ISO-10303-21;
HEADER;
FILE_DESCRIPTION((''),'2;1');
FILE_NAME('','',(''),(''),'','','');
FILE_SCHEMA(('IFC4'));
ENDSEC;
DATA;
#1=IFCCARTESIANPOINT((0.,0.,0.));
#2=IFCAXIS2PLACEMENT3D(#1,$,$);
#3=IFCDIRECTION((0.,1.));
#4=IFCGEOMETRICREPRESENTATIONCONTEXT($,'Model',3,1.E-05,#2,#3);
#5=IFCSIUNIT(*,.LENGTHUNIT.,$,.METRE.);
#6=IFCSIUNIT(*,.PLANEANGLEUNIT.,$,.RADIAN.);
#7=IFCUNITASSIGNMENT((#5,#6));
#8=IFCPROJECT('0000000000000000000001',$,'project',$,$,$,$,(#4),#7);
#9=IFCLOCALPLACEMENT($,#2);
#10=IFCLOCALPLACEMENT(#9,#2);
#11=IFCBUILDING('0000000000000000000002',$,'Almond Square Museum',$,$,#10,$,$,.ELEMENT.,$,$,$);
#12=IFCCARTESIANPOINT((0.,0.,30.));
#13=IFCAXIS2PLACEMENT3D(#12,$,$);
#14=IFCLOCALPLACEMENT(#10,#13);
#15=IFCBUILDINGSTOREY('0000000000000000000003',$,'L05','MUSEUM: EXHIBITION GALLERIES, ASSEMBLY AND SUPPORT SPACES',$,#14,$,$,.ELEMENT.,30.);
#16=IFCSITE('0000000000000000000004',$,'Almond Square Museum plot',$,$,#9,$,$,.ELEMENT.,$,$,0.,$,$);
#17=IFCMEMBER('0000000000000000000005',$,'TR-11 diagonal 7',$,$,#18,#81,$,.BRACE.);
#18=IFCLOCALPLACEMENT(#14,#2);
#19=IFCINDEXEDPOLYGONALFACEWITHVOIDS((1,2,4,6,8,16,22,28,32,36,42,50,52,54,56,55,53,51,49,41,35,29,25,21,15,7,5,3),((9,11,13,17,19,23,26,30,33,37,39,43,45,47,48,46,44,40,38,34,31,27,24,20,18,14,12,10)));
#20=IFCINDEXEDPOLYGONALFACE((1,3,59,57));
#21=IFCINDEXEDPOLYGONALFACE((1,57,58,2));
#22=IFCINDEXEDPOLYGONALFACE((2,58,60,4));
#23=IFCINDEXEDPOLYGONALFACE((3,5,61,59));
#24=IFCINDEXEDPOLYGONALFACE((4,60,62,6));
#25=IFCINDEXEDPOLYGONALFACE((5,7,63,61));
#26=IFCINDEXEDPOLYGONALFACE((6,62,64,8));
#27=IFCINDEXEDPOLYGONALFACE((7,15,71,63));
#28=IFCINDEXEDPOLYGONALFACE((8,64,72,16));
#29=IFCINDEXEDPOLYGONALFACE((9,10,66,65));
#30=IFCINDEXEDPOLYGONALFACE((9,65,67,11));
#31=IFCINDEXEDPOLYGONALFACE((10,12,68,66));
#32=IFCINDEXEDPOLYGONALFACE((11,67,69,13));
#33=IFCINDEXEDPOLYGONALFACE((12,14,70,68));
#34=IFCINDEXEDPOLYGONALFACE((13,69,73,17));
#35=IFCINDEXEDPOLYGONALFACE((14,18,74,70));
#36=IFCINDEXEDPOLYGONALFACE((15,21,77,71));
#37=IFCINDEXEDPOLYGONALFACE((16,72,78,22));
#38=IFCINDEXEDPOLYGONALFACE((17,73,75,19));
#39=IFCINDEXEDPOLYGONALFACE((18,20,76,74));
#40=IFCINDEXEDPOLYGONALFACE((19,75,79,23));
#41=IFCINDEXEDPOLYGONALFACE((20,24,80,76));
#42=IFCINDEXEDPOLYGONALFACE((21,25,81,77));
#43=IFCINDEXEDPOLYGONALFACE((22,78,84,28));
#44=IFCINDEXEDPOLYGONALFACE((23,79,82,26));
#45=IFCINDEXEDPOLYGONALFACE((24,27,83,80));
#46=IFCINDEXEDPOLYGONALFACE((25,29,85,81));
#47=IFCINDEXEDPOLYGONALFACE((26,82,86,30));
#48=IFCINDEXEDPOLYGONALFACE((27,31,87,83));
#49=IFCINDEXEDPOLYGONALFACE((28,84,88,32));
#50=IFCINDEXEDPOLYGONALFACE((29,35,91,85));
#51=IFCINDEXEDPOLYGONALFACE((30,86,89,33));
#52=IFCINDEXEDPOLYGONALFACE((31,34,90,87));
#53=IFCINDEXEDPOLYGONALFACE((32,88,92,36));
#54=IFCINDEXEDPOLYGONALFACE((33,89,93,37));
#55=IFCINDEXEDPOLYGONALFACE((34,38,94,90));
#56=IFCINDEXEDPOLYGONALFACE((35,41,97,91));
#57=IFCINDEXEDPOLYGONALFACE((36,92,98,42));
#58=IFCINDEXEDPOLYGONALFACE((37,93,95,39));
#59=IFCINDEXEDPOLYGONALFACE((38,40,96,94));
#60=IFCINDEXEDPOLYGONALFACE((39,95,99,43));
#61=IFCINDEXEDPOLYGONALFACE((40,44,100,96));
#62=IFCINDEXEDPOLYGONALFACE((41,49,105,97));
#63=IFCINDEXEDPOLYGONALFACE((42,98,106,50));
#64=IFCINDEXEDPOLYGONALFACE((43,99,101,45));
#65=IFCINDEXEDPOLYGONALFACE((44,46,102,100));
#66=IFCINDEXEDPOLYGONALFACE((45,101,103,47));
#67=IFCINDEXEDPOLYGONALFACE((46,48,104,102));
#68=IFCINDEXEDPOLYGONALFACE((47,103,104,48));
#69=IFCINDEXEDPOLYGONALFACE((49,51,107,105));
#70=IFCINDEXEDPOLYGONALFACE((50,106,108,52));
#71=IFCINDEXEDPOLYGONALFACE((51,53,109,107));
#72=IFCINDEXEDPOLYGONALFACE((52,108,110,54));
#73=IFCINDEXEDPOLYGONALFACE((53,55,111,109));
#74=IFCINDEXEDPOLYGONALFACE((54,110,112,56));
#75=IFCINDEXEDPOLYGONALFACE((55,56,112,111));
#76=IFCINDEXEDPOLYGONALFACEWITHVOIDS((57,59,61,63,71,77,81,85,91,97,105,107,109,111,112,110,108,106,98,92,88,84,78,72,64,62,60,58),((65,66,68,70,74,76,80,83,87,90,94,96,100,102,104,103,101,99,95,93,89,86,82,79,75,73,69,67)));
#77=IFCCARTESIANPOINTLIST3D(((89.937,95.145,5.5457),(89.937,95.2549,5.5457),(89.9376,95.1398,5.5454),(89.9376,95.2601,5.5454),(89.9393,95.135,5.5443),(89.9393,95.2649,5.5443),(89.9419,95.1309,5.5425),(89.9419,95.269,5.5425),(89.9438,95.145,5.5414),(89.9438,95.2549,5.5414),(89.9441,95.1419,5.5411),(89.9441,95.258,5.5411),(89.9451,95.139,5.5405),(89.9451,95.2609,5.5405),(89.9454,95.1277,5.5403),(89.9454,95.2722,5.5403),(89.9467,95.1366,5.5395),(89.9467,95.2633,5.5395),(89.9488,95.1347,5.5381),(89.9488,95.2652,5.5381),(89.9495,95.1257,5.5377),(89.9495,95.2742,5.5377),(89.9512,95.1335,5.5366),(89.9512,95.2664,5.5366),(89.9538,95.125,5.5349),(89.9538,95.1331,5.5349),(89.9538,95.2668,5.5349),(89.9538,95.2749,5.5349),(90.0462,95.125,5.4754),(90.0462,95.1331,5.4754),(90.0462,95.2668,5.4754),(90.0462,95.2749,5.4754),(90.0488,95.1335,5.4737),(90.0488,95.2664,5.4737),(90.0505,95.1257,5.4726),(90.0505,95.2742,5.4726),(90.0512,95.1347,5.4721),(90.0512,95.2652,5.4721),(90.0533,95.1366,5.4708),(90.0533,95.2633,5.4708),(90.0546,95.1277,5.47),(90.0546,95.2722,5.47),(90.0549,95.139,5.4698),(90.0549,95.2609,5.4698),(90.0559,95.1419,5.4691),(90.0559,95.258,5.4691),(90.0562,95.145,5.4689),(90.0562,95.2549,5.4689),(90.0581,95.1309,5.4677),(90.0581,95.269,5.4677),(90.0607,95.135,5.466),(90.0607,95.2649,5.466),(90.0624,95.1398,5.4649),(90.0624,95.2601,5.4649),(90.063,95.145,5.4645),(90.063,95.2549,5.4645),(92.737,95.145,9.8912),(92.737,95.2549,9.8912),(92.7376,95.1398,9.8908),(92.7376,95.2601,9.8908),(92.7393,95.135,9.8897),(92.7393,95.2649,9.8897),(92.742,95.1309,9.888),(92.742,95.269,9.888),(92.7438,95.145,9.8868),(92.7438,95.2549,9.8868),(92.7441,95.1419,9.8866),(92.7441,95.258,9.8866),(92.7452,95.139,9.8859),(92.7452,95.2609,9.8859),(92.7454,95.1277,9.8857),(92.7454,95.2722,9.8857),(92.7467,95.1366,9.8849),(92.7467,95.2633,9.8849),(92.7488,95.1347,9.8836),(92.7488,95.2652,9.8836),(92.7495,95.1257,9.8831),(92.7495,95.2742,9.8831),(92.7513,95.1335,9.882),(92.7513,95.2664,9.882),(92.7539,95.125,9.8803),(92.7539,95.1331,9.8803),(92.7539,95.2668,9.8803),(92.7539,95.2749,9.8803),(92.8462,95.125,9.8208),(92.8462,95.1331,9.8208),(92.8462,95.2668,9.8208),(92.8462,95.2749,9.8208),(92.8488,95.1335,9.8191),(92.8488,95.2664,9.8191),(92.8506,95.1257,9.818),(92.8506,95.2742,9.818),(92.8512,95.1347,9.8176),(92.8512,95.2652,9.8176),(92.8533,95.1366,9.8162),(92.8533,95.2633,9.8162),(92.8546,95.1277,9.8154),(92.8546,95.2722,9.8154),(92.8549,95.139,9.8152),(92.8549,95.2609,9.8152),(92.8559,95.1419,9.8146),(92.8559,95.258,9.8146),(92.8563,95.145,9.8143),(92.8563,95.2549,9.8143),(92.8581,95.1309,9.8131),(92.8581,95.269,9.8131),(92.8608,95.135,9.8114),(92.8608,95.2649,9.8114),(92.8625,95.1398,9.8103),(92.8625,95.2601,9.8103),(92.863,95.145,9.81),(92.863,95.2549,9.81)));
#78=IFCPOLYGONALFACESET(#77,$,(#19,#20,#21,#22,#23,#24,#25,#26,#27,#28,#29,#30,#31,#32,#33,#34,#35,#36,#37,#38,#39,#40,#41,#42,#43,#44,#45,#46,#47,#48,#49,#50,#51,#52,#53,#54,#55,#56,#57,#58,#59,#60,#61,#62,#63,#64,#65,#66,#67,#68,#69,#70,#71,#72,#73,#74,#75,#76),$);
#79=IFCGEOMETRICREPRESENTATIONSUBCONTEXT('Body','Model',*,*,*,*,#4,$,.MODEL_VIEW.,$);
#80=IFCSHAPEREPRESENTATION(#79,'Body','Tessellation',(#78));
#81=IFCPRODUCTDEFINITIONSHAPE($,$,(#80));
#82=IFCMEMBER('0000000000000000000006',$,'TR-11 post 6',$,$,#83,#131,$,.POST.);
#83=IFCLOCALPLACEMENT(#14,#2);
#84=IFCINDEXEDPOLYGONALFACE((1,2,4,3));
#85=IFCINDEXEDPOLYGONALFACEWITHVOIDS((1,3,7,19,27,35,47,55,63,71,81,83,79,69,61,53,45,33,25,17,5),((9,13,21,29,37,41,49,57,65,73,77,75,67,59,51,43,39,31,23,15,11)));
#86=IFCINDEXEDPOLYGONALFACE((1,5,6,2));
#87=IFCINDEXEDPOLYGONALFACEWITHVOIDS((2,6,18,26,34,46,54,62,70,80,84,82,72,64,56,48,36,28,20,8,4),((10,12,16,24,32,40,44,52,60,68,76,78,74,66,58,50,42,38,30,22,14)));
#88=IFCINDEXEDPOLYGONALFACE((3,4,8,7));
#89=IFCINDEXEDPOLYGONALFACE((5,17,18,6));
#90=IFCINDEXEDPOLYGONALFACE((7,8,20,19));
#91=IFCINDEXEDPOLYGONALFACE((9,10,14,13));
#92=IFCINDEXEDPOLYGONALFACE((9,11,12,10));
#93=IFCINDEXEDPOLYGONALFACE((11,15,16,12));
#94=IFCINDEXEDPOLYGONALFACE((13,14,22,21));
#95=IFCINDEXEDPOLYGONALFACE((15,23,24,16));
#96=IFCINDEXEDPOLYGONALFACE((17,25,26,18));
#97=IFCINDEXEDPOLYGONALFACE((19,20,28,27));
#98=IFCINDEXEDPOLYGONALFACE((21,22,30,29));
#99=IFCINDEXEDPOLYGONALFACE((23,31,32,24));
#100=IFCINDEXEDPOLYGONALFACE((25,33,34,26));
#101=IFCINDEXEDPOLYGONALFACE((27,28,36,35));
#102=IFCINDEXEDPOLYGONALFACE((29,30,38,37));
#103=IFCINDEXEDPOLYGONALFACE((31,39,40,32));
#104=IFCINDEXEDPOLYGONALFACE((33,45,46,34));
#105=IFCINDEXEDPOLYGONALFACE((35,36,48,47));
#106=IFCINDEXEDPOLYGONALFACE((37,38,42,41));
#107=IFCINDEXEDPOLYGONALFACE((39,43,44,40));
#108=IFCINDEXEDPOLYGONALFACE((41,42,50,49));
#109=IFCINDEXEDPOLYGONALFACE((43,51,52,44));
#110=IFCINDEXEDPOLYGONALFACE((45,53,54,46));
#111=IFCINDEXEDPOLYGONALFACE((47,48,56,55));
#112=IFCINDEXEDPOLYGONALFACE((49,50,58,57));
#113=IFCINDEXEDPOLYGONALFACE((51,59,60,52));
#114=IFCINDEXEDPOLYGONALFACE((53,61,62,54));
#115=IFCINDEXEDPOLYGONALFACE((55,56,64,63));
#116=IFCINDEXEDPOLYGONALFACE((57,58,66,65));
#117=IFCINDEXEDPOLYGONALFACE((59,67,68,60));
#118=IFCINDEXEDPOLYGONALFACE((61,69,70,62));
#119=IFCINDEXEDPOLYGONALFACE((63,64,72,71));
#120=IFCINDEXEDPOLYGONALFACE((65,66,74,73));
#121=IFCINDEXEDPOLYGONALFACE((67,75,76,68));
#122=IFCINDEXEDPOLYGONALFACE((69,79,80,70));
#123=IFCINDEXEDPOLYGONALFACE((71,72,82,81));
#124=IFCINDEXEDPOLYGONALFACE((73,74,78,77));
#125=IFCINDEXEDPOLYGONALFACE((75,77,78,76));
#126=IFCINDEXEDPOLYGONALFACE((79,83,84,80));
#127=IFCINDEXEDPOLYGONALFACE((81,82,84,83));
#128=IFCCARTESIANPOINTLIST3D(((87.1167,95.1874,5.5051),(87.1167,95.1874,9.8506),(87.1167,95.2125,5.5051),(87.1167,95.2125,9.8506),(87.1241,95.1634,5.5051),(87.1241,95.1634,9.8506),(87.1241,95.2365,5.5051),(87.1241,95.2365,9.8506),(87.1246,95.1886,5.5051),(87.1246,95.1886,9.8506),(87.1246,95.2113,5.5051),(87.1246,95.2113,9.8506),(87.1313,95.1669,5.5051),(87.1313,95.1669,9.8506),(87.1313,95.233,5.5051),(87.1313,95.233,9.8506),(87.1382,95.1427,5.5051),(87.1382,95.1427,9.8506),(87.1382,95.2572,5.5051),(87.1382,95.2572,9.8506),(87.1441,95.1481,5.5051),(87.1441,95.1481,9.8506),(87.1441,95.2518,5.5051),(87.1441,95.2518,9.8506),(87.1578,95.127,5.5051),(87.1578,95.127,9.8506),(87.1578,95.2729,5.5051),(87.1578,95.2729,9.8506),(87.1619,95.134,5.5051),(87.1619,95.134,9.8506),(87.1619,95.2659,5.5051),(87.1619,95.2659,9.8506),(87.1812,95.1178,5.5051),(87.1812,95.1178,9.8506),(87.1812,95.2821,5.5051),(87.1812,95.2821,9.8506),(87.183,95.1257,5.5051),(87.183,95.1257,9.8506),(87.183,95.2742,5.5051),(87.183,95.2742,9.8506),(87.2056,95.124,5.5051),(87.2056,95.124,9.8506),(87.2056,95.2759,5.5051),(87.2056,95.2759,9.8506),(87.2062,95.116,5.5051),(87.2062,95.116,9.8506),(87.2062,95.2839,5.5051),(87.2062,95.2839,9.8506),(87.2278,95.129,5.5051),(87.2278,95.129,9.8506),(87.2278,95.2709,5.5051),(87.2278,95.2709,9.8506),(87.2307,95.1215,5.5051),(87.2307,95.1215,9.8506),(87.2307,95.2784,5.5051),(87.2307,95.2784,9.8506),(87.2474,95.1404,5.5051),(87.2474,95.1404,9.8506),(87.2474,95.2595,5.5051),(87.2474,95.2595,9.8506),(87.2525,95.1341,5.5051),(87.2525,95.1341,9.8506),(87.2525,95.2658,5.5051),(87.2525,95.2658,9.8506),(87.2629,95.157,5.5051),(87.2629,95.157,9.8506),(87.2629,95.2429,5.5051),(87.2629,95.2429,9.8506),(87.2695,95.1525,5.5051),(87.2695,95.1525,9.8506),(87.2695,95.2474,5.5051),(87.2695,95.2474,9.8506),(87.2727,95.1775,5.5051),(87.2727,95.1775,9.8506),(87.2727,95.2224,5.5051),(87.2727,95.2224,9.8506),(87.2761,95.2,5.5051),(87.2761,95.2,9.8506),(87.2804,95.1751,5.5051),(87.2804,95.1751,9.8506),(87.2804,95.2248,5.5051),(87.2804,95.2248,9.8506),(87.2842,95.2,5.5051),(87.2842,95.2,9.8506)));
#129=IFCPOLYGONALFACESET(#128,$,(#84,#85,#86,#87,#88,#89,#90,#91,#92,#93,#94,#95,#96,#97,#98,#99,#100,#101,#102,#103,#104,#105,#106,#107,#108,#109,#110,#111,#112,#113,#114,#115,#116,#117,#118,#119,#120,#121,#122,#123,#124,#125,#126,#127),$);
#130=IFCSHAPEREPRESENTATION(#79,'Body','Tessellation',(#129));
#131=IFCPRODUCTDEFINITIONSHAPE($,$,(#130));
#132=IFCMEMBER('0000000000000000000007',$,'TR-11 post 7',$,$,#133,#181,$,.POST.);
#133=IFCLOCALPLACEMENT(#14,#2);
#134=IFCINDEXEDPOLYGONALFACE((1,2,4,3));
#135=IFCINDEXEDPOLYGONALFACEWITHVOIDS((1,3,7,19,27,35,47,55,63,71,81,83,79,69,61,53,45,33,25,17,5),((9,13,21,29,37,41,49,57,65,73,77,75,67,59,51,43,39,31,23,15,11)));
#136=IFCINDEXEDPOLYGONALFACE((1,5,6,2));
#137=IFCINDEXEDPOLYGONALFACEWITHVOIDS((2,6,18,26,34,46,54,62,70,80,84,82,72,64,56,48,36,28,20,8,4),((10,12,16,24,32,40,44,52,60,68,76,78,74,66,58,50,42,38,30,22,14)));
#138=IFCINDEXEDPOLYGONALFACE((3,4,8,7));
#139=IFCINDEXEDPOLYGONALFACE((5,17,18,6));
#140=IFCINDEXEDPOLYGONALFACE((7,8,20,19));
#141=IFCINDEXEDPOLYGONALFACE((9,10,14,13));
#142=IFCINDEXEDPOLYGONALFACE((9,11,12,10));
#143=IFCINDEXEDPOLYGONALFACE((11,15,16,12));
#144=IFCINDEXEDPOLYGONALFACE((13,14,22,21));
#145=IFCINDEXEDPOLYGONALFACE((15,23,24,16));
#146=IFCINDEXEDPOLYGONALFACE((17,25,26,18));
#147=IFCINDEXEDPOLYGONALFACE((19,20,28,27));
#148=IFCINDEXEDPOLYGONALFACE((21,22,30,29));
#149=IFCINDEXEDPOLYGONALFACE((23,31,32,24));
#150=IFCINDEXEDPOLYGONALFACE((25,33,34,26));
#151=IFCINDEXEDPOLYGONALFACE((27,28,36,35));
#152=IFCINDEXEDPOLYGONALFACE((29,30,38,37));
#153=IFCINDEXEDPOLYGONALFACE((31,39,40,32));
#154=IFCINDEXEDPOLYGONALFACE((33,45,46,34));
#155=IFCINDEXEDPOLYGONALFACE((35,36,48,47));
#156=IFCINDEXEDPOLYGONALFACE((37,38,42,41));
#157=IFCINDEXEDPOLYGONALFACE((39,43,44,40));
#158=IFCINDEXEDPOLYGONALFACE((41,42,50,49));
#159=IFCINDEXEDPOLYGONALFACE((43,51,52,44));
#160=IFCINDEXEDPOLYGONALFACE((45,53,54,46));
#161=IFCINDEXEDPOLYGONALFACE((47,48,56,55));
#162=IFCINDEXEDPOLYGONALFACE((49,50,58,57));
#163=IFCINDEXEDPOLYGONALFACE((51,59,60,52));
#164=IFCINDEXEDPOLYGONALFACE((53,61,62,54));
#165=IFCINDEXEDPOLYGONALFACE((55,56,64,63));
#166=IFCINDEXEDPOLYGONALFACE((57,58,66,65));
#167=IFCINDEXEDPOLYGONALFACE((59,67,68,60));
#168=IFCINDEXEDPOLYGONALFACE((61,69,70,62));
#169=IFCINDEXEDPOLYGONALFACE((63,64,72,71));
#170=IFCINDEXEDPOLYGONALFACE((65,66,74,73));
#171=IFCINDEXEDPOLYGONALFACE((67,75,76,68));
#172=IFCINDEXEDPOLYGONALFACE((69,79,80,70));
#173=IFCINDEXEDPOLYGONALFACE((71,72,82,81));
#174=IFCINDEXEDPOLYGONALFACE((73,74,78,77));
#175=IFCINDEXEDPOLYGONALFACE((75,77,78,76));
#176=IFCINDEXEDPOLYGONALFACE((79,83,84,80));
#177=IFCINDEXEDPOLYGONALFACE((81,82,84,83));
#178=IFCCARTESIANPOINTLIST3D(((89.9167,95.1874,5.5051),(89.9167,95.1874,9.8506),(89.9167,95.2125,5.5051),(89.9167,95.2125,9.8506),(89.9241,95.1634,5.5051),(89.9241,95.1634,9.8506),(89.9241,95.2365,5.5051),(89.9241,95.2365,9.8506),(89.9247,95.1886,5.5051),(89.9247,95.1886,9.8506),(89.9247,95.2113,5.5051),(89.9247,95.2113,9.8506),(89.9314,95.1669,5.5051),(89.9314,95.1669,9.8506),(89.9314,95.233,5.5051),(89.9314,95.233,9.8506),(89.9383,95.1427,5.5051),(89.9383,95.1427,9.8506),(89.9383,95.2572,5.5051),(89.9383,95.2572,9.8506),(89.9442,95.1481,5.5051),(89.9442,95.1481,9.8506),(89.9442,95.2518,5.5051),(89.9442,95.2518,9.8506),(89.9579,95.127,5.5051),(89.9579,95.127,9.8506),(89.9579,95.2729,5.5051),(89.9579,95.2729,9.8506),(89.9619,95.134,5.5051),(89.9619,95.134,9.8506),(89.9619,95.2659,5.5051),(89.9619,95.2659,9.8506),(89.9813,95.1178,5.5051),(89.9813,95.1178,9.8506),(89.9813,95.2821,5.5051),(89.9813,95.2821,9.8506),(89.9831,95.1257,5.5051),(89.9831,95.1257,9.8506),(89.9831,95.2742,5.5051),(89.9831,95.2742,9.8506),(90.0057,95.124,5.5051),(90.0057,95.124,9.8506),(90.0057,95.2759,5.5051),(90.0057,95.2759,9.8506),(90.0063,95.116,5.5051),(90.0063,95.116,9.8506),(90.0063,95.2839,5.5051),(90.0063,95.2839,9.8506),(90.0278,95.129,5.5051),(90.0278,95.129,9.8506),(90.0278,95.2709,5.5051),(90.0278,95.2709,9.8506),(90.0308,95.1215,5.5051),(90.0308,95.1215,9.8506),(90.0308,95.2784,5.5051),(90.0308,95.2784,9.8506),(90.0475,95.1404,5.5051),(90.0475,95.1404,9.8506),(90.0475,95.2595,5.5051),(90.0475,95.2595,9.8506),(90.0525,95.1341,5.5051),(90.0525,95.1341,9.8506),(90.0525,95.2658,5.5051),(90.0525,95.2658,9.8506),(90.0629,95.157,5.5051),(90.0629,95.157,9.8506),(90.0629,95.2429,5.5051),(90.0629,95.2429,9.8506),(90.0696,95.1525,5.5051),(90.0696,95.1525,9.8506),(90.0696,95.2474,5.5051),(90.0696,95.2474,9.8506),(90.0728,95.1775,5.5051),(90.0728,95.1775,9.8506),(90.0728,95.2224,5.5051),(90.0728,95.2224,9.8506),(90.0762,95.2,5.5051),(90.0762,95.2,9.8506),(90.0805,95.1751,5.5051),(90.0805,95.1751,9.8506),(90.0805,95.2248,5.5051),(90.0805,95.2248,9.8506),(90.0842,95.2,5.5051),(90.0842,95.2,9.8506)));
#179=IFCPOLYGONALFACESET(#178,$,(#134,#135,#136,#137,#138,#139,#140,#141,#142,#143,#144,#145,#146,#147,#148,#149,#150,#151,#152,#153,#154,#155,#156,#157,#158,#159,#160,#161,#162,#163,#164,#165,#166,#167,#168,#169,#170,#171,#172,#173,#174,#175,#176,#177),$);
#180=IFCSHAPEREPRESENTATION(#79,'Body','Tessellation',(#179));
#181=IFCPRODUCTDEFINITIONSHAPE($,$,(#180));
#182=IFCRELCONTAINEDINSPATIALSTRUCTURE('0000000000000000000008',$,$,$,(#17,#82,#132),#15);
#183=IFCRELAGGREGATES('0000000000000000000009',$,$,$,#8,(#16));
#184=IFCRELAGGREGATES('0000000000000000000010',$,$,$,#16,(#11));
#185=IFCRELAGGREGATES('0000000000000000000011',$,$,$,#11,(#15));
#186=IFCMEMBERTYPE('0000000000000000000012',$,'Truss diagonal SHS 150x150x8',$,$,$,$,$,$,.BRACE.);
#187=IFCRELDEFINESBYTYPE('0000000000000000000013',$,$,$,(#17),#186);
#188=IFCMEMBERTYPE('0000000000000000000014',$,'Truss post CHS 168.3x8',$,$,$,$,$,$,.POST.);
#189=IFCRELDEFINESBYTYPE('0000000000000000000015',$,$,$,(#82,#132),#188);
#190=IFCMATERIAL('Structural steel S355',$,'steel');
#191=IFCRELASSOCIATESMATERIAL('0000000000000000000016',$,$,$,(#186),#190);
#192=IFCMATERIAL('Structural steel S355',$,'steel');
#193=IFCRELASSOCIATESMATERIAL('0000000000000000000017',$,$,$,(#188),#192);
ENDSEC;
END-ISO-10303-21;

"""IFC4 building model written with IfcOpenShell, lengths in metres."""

from ifc_helpers import new_model, si_unit, direction, frame, origin, origin_2d, place, context, subcontext, project, spatial, hollow_rectangle, hollow_circle, extrude, material, material_profile, profile_set, type_object, element, save


model = new_model("IFC4")

# Units and contexts
model_context = context("Model", 3, precision=1e-05, world=origin(), true_north=direction((0.0, 1.0)))
body_context = subcontext(model_context, "Body", "Model", "MODEL_VIEW")
ifc_project = project(units=[si_unit("LENGTHUNIT", "METRE"), si_unit("PLANEANGLEUNIT", "RADIAN")], contexts=[model_context])

# Site, building, storey
site_placement = place(None, origin())
site = spatial("IfcSite", under=ifc_project, at=site_placement, Name="Almond Square Museum plot", CompositionType="ELEMENT", RefElevation=0.0)
building_placement = place(site_placement, origin())
building = spatial("IfcBuilding", under=site, at=building_placement, Name="Almond Square Museum", CompositionType="ELEMENT")
storey_placement = place(building_placement, frame((0.0, 0.0, 30.0)))
storey = spatial("IfcBuildingStorey", under=building, at=storey_placement, Name="L05", Description="MUSEUM: EXHIBITION GALLERIES, ASSEMBLY AND SUPPORT SPACES", CompositionType="ELEMENT", Elevation=30.0)

# Members
ifc_material_1 = material(Name="Structural steel S355", Category="steel")
ifc_material_profile_1 = material_profile(ifc_material_1, hollow_rectangle(XDim=0.1499, YDim=0.1499, WallThickness=0.0081, InnerFilletRadius=0.012, OuterFilletRadius=0.02, at=origin_2d()))
ifc_profile_set_1 = profile_set([ifc_material_profile_1], Name="Structural steel S355")
member_type_1 = type_object("IfcMemberType", Name="Truss diagonal SHS 150x150x8", PredefinedType="BRACE", material=ifc_profile_set_1)
for number, where, z_axis, x_axis, name in (
    (1, (90.0, 95.2, 5.5051), (0.541652, 0.0, 0.840603), (0.0, 1.0, 0.0), "TR-11 diagonal 7"),
):
    element("IfcMember", number, at=place(storey_placement, frame(where, z_axis=z_axis, x_axis=x_axis)), inside=storey, type_object=member_type_1, Name=name, PredefinedType="BRACE", context=body_context, shape_type="SweptSolid", body=[
        extrude(hollow_rectangle(XDim=0.1499, YDim=0.1499, WallThickness=0.0081, InnerFilletRadius=0.012, OuterFilletRadius=0.02, at=origin_2d()), origin(), (0.0, 0.0, 1.0), 5.1694),
    ])
ifc_material_2 = material(Name="Structural steel S355", Category="steel")
ifc_material_profile_2 = material_profile(ifc_material_2, hollow_circle(Radius=0.0842, WallThickness=0.0081, at=origin_2d()))
ifc_profile_set_2 = profile_set([ifc_material_profile_2], Name="Structural steel S355")
member_type_2 = type_object("IfcMemberType", Name="Truss post CHS 168.3x8", PredefinedType="POST", material=ifc_profile_set_2)
for number, where, z_axis, x_axis, name in (
    (2, (87.2, 95.2, 5.5051), (0.0, 0.0, 1.0), (1.0, 0.0, 0.0), "TR-11 post 6"),
    (3, (90.0, 95.2, 5.5051), (0.0, 0.0, 1.0), (1.0, 0.0, 0.0), "TR-11 post 7"),
):
    element("IfcMember", number, at=place(storey_placement, frame(where, z_axis=z_axis, x_axis=x_axis)), inside=storey, type_object=member_type_2, Name=name, PredefinedType="POST", context=body_context, shape_type="SweptSolid", body=[
        extrude(hollow_circle(Radius=0.0842, WallThickness=0.0081, at=origin_2d()), origin(), (0.0, 0.0, 1.0), 4.3455),
    ])

save(model, "model.ifc")
